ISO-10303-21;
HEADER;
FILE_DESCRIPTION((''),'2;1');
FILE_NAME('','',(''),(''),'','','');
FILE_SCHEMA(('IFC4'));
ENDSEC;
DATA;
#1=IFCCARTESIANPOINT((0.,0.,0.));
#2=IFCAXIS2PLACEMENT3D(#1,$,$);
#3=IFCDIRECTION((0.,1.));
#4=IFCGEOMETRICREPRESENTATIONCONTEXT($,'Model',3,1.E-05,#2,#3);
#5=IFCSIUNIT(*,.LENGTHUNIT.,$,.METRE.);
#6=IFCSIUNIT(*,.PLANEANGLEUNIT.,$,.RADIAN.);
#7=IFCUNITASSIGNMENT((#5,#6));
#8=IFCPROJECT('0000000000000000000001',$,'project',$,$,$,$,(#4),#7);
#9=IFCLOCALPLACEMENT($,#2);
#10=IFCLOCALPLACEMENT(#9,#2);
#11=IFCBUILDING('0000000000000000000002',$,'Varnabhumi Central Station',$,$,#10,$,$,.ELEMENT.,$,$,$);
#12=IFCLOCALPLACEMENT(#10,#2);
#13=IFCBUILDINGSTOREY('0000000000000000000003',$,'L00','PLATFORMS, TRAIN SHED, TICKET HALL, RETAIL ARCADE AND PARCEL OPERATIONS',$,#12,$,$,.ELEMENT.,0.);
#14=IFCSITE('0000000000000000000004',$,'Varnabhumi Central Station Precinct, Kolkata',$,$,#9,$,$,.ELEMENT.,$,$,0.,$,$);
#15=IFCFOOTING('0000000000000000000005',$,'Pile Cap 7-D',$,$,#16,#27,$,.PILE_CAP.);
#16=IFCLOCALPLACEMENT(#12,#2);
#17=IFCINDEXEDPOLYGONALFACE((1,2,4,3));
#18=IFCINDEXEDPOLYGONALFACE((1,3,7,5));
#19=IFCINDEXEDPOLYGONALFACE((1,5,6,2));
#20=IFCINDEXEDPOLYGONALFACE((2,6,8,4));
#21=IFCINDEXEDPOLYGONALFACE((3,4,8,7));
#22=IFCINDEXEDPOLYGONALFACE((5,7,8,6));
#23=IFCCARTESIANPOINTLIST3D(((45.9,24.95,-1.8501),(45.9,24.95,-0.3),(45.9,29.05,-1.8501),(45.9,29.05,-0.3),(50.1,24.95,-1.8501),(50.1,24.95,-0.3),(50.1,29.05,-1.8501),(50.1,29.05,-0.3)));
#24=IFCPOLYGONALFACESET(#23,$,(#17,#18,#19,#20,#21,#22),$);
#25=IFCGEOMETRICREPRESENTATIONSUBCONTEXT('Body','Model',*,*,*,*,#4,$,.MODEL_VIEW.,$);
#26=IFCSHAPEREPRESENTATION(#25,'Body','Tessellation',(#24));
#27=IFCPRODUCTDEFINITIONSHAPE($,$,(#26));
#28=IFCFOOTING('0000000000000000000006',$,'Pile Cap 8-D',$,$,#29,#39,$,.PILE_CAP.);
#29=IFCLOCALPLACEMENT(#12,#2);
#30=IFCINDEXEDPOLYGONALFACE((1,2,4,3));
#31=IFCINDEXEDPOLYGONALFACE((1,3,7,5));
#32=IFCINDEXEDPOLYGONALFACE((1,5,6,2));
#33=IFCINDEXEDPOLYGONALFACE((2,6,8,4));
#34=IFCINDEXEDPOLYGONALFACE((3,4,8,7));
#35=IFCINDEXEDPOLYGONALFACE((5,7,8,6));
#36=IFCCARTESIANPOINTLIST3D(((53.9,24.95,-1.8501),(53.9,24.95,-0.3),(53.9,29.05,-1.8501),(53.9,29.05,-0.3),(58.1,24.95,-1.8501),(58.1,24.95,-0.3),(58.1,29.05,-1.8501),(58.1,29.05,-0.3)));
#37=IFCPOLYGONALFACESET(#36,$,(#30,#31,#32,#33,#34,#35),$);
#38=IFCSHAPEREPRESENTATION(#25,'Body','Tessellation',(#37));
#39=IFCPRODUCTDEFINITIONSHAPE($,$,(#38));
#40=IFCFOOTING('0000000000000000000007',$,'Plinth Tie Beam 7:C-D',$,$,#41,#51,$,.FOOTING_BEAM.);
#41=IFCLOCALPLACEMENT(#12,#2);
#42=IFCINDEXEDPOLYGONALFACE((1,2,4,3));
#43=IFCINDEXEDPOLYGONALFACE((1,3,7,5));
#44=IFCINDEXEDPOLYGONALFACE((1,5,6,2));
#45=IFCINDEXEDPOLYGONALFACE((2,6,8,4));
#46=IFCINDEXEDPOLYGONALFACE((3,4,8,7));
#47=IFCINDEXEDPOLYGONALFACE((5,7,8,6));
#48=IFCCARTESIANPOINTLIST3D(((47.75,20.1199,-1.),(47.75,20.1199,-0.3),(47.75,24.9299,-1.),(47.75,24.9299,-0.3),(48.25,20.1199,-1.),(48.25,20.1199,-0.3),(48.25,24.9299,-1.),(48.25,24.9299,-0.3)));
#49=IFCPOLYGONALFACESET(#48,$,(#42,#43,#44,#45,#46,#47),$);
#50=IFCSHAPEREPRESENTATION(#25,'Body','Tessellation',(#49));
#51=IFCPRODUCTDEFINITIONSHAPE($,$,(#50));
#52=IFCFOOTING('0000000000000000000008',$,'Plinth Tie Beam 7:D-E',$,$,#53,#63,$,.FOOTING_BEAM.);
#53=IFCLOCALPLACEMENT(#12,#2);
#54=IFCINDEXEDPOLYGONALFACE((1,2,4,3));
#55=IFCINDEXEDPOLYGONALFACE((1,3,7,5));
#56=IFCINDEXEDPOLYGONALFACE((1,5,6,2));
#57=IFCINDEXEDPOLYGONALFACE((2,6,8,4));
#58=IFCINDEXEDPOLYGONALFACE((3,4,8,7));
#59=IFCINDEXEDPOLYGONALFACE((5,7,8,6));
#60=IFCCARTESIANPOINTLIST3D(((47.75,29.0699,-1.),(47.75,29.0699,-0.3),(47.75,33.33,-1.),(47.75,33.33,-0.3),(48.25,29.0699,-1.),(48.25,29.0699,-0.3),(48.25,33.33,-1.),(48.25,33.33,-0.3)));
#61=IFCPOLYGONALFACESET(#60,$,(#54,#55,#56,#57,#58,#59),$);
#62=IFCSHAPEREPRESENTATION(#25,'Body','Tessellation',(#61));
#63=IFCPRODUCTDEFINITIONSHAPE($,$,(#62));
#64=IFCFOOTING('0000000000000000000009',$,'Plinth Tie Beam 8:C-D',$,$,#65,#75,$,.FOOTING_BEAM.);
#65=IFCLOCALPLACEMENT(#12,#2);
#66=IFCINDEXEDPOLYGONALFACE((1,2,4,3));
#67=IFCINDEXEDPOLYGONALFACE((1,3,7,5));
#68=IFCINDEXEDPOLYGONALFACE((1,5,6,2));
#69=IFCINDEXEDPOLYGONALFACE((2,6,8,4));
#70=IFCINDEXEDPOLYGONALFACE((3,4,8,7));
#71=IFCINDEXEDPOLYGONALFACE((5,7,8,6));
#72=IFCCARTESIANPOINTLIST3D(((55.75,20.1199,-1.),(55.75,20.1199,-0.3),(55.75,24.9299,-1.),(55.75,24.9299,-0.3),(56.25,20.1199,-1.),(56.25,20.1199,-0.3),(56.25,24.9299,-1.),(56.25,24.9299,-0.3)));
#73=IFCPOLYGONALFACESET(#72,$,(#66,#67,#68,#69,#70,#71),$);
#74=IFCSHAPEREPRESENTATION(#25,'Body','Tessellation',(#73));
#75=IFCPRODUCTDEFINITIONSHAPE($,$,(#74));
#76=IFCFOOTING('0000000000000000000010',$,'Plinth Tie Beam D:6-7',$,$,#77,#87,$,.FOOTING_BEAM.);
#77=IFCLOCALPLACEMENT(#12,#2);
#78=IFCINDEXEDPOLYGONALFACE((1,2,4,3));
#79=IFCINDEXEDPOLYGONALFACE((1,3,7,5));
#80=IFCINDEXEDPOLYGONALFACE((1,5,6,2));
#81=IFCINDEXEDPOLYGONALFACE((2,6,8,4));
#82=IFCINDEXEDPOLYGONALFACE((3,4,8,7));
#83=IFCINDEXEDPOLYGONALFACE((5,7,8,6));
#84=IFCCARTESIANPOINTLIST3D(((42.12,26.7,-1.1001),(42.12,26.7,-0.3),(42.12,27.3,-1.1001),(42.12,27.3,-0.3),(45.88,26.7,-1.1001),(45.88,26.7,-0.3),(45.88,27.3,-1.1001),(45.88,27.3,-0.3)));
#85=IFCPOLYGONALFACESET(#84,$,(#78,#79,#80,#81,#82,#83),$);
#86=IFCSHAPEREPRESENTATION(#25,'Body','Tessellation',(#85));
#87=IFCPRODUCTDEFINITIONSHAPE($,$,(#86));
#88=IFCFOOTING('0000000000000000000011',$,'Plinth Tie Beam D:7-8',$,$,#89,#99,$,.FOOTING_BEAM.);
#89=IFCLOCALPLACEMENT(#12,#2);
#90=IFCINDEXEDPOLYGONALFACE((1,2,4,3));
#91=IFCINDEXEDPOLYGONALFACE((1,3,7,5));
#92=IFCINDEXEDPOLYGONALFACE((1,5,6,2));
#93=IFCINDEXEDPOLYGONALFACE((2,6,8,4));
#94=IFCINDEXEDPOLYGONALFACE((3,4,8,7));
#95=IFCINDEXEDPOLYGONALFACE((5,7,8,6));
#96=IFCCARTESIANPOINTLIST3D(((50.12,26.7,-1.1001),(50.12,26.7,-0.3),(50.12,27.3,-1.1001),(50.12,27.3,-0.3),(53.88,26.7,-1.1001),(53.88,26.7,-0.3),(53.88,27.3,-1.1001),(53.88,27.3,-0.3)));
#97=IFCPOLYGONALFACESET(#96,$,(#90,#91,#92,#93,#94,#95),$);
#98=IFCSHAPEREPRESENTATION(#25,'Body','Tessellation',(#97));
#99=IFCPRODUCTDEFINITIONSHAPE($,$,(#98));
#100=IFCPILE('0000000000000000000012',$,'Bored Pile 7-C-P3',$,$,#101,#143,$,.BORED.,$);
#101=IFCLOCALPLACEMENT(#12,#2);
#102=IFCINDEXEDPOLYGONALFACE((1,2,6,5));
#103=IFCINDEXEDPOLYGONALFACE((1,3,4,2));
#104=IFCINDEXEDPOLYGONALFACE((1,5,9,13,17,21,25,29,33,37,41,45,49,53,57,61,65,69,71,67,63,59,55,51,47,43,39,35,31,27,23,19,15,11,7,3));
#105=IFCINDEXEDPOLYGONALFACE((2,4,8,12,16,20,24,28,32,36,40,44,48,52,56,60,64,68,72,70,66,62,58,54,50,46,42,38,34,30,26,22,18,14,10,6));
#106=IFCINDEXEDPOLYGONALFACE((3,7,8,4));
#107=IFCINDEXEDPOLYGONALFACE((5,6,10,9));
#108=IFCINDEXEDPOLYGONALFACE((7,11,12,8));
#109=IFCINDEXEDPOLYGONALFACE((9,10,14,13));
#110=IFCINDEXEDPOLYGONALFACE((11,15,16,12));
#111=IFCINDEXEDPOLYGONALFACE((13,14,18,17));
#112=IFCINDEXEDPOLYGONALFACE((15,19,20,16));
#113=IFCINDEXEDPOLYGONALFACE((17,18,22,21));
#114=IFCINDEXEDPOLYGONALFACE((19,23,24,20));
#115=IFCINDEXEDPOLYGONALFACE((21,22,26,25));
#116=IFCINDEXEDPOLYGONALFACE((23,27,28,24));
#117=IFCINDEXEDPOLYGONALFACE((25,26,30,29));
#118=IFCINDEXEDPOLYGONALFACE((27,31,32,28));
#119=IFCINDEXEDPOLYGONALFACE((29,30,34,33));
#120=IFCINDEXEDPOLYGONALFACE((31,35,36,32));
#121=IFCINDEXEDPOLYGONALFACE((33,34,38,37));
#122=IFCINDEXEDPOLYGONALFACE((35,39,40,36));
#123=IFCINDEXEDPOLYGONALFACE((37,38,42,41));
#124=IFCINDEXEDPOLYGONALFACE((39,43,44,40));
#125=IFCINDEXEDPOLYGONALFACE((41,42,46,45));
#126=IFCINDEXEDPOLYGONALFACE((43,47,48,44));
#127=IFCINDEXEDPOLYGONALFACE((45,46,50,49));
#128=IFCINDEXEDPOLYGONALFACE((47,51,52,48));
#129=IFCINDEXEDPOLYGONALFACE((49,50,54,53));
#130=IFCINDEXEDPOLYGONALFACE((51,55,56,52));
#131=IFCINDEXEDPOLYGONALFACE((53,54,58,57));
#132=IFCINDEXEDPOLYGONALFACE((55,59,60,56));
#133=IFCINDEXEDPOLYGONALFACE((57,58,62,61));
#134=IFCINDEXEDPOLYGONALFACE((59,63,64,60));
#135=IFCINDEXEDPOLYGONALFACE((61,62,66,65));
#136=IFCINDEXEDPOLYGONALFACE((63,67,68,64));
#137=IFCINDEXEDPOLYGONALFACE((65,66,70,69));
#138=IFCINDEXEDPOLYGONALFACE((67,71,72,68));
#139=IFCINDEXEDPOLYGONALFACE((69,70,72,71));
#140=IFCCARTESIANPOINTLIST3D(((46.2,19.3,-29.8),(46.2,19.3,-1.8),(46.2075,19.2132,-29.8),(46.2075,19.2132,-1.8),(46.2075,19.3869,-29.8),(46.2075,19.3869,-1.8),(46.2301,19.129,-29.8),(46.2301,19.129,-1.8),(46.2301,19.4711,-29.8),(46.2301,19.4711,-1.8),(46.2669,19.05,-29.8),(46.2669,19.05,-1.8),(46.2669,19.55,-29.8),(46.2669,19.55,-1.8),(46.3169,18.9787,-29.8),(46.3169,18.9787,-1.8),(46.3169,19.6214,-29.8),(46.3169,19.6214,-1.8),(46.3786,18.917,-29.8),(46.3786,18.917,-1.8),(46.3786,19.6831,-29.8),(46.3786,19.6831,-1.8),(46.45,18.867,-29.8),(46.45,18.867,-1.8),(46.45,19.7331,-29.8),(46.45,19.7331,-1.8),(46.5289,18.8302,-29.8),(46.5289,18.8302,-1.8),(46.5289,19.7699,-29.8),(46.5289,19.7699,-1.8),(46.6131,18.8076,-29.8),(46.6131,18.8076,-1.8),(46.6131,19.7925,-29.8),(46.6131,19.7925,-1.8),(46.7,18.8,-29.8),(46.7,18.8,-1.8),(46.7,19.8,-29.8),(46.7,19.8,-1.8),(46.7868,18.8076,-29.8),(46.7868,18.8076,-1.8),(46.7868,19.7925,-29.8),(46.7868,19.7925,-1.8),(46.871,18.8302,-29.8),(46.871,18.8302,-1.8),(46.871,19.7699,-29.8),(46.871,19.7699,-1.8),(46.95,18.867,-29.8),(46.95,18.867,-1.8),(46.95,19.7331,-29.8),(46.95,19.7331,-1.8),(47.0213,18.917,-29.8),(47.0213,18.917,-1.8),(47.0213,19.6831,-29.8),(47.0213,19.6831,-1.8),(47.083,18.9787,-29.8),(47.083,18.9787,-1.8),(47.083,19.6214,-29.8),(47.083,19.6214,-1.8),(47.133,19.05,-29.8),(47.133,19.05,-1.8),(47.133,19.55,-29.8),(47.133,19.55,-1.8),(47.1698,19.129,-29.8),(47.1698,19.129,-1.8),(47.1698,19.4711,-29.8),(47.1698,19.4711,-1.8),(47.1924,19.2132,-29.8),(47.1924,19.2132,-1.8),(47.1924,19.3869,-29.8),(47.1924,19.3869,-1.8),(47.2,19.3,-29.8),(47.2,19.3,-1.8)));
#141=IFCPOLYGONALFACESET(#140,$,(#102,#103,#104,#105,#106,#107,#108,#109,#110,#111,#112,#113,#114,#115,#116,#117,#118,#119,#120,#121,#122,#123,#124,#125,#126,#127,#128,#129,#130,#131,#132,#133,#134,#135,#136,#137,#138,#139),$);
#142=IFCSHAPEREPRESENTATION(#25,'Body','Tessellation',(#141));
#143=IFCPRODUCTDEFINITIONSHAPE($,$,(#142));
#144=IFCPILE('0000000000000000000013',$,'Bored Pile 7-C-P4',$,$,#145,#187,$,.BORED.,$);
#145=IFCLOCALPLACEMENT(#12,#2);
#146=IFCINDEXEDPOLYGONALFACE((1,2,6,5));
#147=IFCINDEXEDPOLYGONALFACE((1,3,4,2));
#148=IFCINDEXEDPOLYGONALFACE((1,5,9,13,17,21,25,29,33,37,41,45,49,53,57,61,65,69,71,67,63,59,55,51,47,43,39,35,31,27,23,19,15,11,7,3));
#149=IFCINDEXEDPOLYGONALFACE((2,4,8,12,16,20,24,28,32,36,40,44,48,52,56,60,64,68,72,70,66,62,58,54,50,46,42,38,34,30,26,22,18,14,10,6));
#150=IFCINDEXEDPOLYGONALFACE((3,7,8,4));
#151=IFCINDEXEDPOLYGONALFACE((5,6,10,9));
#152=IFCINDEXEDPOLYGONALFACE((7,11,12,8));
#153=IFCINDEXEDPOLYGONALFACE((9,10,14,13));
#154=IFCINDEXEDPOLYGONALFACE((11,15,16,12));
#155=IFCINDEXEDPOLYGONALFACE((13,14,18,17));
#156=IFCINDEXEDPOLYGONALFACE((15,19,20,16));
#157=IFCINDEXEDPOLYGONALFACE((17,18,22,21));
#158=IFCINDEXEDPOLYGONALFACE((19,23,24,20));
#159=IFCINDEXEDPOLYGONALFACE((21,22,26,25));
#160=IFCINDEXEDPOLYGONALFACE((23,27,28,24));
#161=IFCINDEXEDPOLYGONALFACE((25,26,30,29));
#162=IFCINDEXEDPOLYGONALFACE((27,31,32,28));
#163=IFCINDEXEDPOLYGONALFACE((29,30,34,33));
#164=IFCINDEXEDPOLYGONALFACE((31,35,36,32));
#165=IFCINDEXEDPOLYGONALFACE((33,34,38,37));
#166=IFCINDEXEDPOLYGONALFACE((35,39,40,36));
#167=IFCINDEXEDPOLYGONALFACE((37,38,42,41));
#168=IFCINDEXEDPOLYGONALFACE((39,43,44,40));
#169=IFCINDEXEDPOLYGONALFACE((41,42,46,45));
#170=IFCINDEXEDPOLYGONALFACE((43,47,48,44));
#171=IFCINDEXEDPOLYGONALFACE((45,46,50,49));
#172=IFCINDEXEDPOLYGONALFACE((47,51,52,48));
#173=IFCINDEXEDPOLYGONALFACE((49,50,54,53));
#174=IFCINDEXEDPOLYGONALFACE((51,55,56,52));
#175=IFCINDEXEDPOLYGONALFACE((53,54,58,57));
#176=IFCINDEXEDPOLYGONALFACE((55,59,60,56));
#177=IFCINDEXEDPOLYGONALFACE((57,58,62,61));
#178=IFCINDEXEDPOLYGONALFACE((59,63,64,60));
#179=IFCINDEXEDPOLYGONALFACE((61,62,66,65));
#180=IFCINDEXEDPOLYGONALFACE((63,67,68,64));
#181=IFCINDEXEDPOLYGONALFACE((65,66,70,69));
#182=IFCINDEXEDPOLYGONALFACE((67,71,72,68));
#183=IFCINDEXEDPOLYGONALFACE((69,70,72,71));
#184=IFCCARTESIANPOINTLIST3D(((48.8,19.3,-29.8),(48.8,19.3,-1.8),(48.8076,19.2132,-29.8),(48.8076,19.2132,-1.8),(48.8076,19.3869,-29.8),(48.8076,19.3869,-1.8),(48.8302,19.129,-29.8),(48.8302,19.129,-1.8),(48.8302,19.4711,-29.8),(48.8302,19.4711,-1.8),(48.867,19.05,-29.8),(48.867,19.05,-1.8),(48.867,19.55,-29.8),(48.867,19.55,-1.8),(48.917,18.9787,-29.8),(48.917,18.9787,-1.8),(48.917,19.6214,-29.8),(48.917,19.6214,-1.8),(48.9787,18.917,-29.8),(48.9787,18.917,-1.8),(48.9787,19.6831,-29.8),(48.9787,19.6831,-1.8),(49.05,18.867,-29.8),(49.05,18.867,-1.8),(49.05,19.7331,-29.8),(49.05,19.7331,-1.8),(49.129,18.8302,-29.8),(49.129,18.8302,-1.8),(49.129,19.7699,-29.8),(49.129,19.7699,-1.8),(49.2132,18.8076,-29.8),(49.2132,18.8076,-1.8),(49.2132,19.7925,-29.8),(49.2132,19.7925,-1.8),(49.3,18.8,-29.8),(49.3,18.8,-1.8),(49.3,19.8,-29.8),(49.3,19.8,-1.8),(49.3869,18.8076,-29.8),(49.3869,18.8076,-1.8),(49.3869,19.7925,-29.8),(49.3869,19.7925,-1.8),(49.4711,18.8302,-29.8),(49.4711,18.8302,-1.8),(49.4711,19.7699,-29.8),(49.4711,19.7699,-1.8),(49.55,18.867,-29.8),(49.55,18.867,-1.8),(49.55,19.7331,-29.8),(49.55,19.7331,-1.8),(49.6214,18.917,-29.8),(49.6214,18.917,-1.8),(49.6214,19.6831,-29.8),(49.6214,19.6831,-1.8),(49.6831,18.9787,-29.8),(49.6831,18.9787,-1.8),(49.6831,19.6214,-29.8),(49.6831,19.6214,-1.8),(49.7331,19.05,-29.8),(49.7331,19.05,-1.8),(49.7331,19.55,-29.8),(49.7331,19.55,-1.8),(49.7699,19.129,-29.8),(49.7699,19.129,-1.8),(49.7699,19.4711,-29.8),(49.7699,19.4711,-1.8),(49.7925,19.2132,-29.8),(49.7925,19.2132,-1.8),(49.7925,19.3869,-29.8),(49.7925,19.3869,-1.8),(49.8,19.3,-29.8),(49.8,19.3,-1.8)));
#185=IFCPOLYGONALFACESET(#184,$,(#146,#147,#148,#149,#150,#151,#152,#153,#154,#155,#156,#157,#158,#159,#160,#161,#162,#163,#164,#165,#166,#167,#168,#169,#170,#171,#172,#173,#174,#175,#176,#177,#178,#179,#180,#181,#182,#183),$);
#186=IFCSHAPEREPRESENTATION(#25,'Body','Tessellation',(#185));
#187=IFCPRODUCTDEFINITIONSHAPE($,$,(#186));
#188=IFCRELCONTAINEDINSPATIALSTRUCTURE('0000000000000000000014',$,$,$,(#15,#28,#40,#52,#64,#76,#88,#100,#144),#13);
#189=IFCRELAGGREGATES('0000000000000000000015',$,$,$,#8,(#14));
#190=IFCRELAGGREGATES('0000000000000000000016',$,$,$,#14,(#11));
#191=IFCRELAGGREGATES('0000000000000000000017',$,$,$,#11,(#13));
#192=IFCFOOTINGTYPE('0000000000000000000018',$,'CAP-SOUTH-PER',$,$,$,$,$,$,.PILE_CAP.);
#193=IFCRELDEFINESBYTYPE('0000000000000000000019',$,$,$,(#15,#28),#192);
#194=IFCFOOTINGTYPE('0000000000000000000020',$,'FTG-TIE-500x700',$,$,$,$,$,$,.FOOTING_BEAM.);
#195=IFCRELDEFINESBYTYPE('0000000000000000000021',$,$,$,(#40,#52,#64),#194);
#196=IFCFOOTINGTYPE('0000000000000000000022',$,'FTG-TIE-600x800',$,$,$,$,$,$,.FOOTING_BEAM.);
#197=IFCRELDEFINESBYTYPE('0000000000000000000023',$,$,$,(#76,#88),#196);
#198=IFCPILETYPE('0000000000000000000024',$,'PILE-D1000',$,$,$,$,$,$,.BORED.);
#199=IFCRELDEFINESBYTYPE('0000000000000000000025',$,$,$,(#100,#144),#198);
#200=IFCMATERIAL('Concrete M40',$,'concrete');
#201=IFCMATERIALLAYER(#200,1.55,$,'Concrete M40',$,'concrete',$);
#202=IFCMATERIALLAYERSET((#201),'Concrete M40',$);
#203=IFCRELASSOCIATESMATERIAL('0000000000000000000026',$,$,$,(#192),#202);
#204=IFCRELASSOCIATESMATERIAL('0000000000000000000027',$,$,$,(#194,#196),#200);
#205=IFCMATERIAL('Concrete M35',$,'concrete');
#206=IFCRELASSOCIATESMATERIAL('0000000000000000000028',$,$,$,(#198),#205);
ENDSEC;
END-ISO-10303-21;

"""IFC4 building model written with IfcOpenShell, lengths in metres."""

from ifc_helpers import new_model, si_unit, direction, frame, origin, origin_2d, place, context, subcontext, project, spatial, rectangle, circle, extrude, material, layer, layer_set, material_profile, profile_set, type_object, element, save


model = new_model("IFC4")

# Units and contexts
model_context = context("Model", 3, precision=1e-05, world=origin(), true_north=direction((0.0, 1.0)))
body_context = subcontext(model_context, "Body", "Model", "MODEL_VIEW")
ifc_project = project(units=[si_unit("LENGTHUNIT", "METRE"), si_unit("PLANEANGLEUNIT", "RADIAN")], contexts=[model_context])

# Site, building, storey
site_placement = place(None, origin())
site = spatial("IfcSite", under=ifc_project, at=site_placement, Name="Varnabhumi Central Station Precinct, Kolkata", CompositionType="ELEMENT", RefElevation=0.0)
building_placement = place(site_placement, origin())
building = spatial("IfcBuilding", under=site, at=building_placement, Name="Varnabhumi Central Station", CompositionType="ELEMENT")
storey_placement = place(building_placement, origin())
storey = spatial("IfcBuildingStorey", under=building, at=storey_placement, Name="L00", Description="PLATFORMS, TRAIN SHED, TICKET HALL, RETAIL ARCADE AND PARCEL OPERATIONS", CompositionType="ELEMENT", Elevation=0.0)

# Footings
ifc_material_1 = material(Name="Concrete M40", Category="concrete")
ifc_layer_1 = layer(ifc_material_1, 1.55, Name="Concrete M40", Category="concrete")
ifc_layer_set_1 = layer_set([ifc_layer_1], Name="Concrete M40")
footing_type_1 = type_object("IfcFootingType", Name="CAP-SOUTH-PER", PredefinedType="PILE_CAP", material=ifc_layer_set_1)
for number, where, z_axis, x_axis, name in (
    (1, (48.0, 27.0, -1.8501), (0.0, 0.0, 1.0), (1.0, 0.0, 0.0), "Pile Cap 7-D"),
    (2, (56.0, 27.0, -1.8501), (0.0, 0.0, 1.0), (1.0, 0.0, 0.0), "Pile Cap 8-D"),
):
    element("IfcFooting", number, at=place(storey_placement, frame(where, z_axis=z_axis, x_axis=x_axis)), inside=storey, type_object=footing_type_1, Name=name, PredefinedType="PILE_CAP", context=body_context, shape_type="SweptSolid", body=[
        extrude(rectangle(XDim=4.2, YDim=4.1001, at=origin_2d()), origin(), (0.0, 0.0, 1.0), 1.55),
    ])
footing_type_2 = type_object("IfcFootingType", Name="FTG-TIE-500x700", PredefinedType="FOOTING_BEAM", material=ifc_material_1)
footing_1_placement = place(storey_placement, frame((48.0, 22.5249, -1.0), z_axis=(0.0, 0.0, 1.0), x_axis=(1.0, 0.0, 0.0)))
element("IfcFooting", 3, at=footing_1_placement, inside=storey, type_object=footing_type_2, Name="Plinth Tie Beam 7:C-D", PredefinedType="FOOTING_BEAM", context=body_context, shape_type="SweptSolid", body=[
    extrude(rectangle(XDim=0.5, YDim=4.8101, at=origin_2d()), origin(), (0.0, 0.0, 1.0), 0.7),
])
footing_2_placement = place(storey_placement, frame((48.0, 31.2, -1.0), z_axis=(0.0, 0.0, 1.0), x_axis=(1.0, 0.0, 0.0)))
element("IfcFooting", 4, at=footing_2_placement, inside=storey, type_object=footing_type_2, Name="Plinth Tie Beam 7:D-E", PredefinedType="FOOTING_BEAM", context=body_context, shape_type="SweptSolid", body=[
    extrude(rectangle(XDim=0.5, YDim=4.26, at=origin_2d()), origin(), (0.0, 0.0, 1.0), 0.7),
])
footing_3_placement = place(storey_placement, frame((56.0, 22.5249, -1.0), z_axis=(0.0, 0.0, 1.0), x_axis=(1.0, 0.0, 0.0)))
element("IfcFooting", 5, at=footing_3_placement, inside=storey, type_object=footing_type_2, Name="Plinth Tie Beam 8:C-D", PredefinedType="FOOTING_BEAM", context=body_context, shape_type="SweptSolid", body=[
    extrude(rectangle(XDim=0.5, YDim=4.8101, at=origin_2d()), origin(), (0.0, 0.0, 1.0), 0.7),
])
footing_type_3 = type_object("IfcFootingType", Name="FTG-TIE-600x800", PredefinedType="FOOTING_BEAM", material=ifc_material_1)
for number, where, z_axis, x_axis, name in (
    (6, (44.0, 27.0, -1.1001), (0.0, 0.0, 1.0), (1.0, 0.0, 0.0), "Plinth Tie Beam D:6-7"),
    (7, (52.0, 27.0, -1.1001), (0.0, 0.0, 1.0), (1.0, 0.0, 0.0), "Plinth Tie Beam D:7-8"),
):
    element("IfcFooting", number, at=place(storey_placement, frame(where, z_axis=z_axis, x_axis=x_axis)), inside=storey, type_object=footing_type_3, Name=name, PredefinedType="FOOTING_BEAM", context=body_context, shape_type="SweptSolid", body=[
        extrude(rectangle(XDim=3.76, YDim=0.6001, at=origin_2d()), origin(), (0.0, 0.0, 1.0), 0.8),
    ])

# Piles
ifc_material_2 = material(Name="Concrete M35", Category="concrete")
ifc_material_profile_1 = material_profile(ifc_material_2, circle(Radius=0.5, at=origin_2d()), Name="Concrete M35", Category="concrete")
ifc_profile_set_1 = profile_set([ifc_material_profile_1], Name="Concrete M35")
pile_type_1 = type_object("IfcPileType", Name="PILE-D1000", PredefinedType="BORED", material=ifc_profile_set_1)
for number, where, z_axis, x_axis, name in (
    (8, (46.7, 19.3, -1.8), (0.0, 0.0, -1.0), (1.0, 0.0, 0.0), "Bored Pile 7-C-P3"),
    (9, (49.3, 19.3, -1.8), (0.0, 0.0, -1.0), (1.0, 0.0, 0.0), "Bored Pile 7-C-P4"),
):
    element("IfcPile", number, at=place(storey_placement, frame(where, z_axis=z_axis, x_axis=x_axis)), inside=storey, type_object=pile_type_1, Name=name, PredefinedType="BORED", context=body_context, shape_type="SweptSolid", body=[
        extrude(circle(Radius=0.5, at=origin_2d()), origin(), (0.0, 0.0, 1.0), 28.0),
    ])

save(model, "model.ifc")
